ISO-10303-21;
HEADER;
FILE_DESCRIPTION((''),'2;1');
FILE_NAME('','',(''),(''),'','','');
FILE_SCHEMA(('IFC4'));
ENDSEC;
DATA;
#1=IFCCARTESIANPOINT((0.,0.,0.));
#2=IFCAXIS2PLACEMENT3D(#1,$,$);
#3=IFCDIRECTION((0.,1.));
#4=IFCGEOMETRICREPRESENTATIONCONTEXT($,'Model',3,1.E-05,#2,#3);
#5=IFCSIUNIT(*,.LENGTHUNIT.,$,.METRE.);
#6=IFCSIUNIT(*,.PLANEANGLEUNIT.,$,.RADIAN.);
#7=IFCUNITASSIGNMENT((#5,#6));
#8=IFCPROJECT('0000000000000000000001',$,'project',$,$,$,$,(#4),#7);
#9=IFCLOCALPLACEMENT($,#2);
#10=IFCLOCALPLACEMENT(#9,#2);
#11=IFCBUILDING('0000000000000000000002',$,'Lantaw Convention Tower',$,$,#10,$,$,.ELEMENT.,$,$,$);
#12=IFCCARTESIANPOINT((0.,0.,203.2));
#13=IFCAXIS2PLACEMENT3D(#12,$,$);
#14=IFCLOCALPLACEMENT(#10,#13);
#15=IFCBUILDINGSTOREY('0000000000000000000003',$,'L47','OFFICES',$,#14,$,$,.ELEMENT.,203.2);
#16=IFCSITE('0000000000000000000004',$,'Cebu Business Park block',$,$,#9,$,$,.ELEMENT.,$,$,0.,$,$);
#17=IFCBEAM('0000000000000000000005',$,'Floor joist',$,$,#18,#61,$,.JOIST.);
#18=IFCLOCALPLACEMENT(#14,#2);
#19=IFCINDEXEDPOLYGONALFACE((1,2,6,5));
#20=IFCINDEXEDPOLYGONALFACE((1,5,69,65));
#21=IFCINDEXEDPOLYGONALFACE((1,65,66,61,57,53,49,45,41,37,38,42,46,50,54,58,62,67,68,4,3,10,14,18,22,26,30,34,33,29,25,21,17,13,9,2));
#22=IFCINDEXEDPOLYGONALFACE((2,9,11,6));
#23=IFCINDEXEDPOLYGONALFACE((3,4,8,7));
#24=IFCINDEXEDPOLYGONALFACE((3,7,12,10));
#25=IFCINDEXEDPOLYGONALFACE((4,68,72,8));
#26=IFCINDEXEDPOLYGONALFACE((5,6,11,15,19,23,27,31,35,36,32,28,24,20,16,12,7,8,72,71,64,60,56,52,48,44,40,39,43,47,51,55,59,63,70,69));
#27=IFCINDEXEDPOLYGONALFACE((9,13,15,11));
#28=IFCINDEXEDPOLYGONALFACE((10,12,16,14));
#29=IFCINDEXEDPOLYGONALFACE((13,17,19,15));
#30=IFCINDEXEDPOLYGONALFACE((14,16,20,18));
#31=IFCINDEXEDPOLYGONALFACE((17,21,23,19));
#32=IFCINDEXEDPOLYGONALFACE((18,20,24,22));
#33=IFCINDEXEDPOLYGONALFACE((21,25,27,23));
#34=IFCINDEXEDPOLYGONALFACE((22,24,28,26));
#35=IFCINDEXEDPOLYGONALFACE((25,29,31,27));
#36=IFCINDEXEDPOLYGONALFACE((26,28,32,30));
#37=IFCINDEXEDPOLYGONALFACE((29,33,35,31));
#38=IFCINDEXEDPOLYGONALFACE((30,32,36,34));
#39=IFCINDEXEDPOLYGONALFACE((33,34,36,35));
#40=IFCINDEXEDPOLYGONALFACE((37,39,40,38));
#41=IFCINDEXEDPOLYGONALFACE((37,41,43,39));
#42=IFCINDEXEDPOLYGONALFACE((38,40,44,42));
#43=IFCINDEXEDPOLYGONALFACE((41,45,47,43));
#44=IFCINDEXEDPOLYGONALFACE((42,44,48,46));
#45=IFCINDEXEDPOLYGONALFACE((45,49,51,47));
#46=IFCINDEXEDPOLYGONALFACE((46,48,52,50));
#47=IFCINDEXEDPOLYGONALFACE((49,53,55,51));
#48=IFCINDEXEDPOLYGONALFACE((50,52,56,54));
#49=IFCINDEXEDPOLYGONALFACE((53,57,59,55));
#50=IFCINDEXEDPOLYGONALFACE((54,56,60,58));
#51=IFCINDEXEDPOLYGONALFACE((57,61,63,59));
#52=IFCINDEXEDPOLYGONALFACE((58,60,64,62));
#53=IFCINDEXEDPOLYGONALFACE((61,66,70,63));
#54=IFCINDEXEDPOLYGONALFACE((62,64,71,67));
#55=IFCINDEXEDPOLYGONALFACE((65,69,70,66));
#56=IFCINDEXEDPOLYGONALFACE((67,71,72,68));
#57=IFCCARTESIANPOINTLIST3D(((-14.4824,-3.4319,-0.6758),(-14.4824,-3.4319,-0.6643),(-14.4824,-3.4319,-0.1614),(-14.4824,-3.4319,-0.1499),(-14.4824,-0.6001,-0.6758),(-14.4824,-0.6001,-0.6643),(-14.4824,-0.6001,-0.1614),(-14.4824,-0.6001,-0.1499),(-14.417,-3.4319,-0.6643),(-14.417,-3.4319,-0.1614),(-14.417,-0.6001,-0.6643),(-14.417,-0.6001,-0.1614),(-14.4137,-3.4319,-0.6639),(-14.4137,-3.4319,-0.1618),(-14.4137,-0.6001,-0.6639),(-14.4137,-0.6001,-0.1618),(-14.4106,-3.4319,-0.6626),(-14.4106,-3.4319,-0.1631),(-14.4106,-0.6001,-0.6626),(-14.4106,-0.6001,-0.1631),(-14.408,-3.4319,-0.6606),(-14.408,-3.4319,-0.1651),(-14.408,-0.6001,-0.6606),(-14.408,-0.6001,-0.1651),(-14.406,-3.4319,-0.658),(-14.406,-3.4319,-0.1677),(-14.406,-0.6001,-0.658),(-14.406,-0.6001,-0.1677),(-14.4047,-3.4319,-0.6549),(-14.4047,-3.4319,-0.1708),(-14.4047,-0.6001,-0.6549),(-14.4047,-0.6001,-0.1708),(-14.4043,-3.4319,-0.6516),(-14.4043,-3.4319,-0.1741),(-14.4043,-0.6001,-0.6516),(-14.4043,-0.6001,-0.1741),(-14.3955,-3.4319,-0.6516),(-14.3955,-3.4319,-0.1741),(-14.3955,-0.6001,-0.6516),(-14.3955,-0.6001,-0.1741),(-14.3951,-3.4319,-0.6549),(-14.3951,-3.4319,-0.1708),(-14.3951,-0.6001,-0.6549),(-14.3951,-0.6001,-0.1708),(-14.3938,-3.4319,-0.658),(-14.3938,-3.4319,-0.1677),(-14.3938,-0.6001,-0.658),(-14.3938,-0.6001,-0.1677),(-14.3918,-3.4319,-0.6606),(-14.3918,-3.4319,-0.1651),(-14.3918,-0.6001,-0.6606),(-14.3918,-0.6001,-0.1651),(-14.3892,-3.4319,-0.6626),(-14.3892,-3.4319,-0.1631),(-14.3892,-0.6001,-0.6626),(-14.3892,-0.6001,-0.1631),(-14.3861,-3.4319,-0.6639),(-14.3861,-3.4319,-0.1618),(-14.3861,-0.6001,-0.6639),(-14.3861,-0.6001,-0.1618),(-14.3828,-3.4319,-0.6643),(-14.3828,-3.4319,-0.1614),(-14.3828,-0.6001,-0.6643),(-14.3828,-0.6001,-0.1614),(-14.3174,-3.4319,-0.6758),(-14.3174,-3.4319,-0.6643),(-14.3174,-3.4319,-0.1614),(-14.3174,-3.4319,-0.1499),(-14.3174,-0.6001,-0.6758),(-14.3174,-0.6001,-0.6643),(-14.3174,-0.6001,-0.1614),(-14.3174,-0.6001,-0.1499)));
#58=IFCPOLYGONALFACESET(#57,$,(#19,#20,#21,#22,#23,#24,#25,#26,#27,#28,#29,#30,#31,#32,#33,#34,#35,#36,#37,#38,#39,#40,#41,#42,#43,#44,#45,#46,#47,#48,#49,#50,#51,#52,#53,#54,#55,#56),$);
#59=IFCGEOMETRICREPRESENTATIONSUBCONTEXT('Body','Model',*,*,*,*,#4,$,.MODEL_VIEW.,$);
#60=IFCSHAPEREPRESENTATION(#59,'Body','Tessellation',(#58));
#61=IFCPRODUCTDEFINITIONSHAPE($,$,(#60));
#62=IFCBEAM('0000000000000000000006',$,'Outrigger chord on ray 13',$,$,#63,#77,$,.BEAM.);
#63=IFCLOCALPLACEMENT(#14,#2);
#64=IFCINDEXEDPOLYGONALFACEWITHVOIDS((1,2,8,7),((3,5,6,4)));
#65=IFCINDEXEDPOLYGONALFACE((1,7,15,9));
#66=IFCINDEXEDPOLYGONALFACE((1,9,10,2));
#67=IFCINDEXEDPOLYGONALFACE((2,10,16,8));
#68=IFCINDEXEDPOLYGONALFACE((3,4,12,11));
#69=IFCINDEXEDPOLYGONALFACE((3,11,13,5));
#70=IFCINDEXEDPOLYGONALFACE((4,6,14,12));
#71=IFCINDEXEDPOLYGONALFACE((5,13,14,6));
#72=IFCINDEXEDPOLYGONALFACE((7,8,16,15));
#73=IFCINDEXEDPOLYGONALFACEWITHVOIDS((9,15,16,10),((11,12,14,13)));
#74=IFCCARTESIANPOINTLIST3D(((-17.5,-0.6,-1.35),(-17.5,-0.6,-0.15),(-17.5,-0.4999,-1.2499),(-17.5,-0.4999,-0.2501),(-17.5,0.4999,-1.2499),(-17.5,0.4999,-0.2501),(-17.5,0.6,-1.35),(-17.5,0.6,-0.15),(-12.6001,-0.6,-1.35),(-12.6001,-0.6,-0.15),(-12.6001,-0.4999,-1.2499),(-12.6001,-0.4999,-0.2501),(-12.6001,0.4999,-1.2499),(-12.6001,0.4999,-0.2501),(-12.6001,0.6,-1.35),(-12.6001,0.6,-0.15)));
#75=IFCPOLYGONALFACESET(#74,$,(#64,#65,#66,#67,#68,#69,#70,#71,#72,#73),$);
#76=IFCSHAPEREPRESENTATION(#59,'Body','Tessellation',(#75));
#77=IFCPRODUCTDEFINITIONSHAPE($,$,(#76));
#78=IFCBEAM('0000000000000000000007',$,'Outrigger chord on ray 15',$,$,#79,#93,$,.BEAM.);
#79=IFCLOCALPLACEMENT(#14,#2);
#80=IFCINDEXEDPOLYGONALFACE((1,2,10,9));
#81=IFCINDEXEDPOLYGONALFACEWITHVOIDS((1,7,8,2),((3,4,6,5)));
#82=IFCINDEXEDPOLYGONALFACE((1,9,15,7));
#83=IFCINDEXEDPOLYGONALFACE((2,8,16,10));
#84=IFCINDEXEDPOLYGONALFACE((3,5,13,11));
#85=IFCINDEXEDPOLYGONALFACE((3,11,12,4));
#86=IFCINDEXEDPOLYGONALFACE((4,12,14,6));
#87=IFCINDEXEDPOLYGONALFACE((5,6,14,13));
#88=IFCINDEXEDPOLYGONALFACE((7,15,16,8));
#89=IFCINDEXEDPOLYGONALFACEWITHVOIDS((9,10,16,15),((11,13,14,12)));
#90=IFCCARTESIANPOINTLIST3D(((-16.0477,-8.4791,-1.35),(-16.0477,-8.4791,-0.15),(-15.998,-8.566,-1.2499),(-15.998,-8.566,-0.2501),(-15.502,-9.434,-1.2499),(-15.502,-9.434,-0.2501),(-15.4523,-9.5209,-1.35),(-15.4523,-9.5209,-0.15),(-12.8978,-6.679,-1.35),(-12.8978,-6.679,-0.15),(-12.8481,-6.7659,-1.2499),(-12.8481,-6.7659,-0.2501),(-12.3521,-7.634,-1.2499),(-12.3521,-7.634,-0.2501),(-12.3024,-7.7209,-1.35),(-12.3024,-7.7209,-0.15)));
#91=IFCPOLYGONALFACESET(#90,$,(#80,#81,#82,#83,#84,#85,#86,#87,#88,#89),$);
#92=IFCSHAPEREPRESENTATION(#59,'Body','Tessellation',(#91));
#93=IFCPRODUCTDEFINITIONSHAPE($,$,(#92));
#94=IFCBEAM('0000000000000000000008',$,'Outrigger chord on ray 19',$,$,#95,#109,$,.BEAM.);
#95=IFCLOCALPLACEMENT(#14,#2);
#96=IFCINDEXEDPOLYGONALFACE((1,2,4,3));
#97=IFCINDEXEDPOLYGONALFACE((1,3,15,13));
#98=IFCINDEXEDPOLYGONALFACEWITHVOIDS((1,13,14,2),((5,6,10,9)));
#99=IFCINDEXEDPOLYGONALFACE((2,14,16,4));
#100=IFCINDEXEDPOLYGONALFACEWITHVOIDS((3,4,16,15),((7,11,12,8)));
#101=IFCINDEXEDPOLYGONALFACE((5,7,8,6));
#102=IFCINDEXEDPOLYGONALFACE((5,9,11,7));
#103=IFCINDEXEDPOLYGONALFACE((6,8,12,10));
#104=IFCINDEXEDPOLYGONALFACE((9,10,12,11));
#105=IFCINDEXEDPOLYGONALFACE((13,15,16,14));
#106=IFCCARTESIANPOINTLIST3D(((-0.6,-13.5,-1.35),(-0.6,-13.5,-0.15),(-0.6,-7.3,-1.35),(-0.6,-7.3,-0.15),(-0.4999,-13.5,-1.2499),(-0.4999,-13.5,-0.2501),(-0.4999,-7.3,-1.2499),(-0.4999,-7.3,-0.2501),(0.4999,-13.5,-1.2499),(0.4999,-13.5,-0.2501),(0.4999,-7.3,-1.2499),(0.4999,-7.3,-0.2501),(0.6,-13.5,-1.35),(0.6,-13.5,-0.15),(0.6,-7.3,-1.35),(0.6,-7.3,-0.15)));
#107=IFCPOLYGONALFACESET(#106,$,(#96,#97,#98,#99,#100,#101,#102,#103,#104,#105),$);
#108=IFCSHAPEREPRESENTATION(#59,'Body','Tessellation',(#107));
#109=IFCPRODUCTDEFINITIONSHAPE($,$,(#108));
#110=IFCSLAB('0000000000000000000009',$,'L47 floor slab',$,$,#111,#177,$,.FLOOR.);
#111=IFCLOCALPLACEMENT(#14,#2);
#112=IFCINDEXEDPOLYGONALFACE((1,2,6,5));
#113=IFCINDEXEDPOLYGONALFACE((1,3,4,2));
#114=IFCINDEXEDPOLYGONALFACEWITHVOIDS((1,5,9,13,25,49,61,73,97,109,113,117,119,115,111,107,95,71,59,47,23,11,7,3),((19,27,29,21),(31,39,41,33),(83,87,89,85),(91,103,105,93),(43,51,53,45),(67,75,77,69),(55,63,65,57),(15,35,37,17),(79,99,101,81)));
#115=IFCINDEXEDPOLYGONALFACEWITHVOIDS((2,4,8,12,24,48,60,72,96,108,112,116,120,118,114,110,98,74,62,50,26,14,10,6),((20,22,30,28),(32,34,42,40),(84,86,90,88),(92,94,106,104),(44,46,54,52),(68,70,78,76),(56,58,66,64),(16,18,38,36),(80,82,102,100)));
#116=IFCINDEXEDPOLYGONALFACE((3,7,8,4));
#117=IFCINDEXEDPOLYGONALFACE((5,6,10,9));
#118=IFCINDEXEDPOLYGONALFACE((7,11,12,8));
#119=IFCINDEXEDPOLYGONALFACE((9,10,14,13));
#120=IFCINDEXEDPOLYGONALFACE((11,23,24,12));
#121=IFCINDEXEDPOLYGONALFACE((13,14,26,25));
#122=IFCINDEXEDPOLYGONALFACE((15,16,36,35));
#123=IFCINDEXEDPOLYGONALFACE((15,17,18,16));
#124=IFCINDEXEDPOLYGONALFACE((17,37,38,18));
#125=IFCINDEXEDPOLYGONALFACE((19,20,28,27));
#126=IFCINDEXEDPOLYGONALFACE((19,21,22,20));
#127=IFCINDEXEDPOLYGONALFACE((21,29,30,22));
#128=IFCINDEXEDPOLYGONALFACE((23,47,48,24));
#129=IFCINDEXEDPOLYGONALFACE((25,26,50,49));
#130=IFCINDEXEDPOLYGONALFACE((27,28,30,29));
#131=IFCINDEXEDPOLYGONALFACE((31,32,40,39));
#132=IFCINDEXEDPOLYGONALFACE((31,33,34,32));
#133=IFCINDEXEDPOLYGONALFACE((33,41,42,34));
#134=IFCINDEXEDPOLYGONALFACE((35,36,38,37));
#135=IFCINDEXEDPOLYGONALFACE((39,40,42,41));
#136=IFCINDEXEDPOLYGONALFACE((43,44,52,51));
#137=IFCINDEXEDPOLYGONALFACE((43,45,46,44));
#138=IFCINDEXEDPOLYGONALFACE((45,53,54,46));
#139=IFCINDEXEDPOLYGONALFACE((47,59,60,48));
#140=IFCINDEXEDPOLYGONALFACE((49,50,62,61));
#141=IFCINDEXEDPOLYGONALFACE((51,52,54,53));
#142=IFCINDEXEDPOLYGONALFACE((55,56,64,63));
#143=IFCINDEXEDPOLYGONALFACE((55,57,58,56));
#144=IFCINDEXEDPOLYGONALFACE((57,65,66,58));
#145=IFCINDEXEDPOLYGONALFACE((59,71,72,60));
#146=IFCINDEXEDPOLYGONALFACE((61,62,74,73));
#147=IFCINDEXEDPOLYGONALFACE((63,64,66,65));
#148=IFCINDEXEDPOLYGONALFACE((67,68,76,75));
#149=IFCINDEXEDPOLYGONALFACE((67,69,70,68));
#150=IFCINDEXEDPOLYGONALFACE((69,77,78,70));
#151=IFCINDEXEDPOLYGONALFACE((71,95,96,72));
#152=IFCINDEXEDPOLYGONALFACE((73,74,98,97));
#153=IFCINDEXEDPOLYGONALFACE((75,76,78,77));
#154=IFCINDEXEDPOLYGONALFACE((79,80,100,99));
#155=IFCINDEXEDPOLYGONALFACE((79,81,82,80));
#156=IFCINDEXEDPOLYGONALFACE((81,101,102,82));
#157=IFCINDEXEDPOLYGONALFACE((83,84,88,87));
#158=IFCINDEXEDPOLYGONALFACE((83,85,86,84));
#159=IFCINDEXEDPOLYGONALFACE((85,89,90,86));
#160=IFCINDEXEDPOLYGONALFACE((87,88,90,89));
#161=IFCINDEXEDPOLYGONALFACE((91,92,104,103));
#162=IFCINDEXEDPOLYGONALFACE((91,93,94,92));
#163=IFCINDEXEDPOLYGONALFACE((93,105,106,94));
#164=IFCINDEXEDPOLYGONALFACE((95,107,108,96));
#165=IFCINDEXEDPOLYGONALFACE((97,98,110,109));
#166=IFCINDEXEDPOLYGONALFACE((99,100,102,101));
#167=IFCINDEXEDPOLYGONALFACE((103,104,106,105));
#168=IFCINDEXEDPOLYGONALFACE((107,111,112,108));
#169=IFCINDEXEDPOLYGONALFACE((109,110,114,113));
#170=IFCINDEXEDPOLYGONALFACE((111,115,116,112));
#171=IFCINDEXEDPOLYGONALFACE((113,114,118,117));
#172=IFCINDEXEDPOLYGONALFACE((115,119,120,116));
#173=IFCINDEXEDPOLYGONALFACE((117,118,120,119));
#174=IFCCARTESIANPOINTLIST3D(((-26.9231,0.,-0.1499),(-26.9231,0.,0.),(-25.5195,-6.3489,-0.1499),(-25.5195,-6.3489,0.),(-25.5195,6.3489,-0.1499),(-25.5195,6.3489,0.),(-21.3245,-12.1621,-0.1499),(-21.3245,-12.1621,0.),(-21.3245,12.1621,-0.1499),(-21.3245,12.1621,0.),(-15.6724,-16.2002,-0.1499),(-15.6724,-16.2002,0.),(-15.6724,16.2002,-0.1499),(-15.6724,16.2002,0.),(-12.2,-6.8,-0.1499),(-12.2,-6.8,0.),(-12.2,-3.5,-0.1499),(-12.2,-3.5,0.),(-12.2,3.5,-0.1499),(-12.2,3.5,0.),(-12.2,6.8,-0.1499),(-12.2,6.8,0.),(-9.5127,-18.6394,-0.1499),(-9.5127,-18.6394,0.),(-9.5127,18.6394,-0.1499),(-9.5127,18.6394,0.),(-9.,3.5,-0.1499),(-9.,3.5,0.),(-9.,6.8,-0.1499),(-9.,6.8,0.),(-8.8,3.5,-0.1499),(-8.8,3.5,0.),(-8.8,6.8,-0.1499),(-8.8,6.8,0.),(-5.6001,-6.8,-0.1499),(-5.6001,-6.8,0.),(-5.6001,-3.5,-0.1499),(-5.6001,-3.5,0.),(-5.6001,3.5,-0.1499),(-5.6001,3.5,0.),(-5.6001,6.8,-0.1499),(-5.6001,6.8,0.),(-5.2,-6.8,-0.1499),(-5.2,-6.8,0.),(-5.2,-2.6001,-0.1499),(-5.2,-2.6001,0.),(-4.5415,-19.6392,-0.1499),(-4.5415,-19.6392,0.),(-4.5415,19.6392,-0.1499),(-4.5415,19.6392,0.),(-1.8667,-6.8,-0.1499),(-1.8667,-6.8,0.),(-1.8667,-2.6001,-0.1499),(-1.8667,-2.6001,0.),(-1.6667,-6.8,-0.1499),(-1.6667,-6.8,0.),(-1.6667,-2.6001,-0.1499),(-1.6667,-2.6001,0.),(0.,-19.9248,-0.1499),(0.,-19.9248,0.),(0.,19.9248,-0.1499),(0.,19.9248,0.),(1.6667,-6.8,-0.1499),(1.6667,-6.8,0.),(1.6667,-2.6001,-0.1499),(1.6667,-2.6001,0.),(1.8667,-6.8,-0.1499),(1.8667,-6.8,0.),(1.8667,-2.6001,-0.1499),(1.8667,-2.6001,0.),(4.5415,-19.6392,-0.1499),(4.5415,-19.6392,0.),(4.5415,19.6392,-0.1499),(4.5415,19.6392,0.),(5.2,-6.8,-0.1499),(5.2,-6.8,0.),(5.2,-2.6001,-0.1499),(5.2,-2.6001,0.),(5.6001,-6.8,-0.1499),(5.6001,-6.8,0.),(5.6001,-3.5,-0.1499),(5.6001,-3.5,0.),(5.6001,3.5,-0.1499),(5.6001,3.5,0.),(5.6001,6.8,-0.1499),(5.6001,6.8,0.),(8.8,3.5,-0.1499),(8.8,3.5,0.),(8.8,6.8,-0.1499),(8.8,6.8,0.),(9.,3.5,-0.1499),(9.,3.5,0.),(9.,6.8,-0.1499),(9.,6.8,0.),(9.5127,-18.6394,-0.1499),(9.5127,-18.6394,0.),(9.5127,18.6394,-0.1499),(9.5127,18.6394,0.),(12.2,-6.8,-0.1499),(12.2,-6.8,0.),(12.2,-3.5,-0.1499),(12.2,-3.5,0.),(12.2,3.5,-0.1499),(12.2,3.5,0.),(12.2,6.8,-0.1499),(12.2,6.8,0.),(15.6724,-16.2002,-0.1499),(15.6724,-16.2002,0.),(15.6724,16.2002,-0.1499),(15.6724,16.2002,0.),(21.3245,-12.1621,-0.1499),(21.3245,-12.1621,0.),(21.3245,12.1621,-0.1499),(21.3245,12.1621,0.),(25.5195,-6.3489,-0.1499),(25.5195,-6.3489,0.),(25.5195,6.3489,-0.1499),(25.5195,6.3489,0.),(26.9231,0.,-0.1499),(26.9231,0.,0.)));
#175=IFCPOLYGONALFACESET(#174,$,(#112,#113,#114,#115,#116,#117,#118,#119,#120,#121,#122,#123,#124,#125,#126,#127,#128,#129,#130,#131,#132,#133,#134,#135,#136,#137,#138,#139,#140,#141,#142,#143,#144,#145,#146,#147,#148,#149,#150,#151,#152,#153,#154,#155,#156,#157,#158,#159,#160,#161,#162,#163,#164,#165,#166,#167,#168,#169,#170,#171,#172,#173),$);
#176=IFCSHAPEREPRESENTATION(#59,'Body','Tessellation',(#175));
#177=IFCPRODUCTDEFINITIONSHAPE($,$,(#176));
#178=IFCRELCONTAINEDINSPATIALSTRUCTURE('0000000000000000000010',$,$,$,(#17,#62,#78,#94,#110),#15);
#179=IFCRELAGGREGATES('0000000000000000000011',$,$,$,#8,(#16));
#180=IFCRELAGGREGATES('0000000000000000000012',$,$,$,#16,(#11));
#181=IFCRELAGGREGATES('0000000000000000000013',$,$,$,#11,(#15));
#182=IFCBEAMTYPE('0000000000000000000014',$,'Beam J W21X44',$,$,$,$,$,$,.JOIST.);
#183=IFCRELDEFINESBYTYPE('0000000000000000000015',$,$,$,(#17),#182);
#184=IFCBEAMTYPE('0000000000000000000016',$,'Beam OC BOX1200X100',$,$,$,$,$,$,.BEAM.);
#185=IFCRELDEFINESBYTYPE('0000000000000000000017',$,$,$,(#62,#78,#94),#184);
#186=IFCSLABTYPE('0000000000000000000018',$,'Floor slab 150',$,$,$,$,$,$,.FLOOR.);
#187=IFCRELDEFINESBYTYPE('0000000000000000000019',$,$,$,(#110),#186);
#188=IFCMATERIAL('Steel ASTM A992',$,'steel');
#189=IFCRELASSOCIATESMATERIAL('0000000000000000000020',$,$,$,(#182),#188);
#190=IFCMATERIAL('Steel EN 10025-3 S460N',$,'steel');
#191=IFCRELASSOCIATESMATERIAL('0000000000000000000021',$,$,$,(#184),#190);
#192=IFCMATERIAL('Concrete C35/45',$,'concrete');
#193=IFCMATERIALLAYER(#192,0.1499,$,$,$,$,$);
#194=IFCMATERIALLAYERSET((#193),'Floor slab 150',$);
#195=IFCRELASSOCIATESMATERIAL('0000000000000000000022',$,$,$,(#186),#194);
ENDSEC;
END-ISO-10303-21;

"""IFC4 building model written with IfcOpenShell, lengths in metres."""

from ifc_helpers import new_model, si_unit, direction, frame, origin, origin_2d, place, context, subcontext, project, spatial, polyline, hollow_rectangle, i_section, outline, extrude, material, layer, layer_set, material_profile, profile_set, type_object, element, save


model = new_model("IFC4")

# Units and contexts
model_context = context("Model", 3, precision=1e-05, world=origin(), true_north=direction((0.0, 1.0)))
body_context = subcontext(model_context, "Body", "Model", "MODEL_VIEW")
ifc_project = project(units=[si_unit("LENGTHUNIT", "METRE"), si_unit("PLANEANGLEUNIT", "RADIAN")], contexts=[model_context])

# Site, building, storey
site_placement = place(None, origin())
site = spatial("IfcSite", under=ifc_project, at=site_placement, Name="Cebu Business Park block", CompositionType="ELEMENT", RefElevation=0.0)
building_placement = place(site_placement, origin())
building = spatial("IfcBuilding", under=site, at=building_placement, Name="Lantaw Convention Tower", CompositionType="ELEMENT")
storey_placement = place(building_placement, frame((0.0, 0.0, 203.2)))
storey = spatial("IfcBuildingStorey", under=building, at=storey_placement, Name="L47", Description="OFFICES", CompositionType="ELEMENT", Elevation=203.2)

# Beams
ifc_material_1 = material(Name="Steel ASTM A992", Category="steel")
ifc_material_profile_1 = material_profile(ifc_material_1, i_section(OverallWidth=0.165, OverallDepth=0.5259, WebThickness=0.0088, FlangeThickness=0.0115, FilletRadius=0.0127, at=origin_2d()), Name="W21X44")
ifc_profile_set_1 = profile_set([ifc_material_profile_1], Name="Steel ASTM A992")
beam_type_1 = type_object("IfcBeamType", Name="Beam J W21X44", PredefinedType="JOIST", material=ifc_profile_set_1)
beam_1_placement = place(storey_placement, frame((-14.3999, -3.4319, -0.4128), z_axis=(0.0, 1.0, 0.0), x_axis=(-1.0, 0.0, 0.0)))
element("IfcBeam", 1, at=beam_1_placement, inside=storey, type_object=beam_type_1, Name="Floor joist", PredefinedType="JOIST", context=body_context, shape_type="SweptSolid", body=[
    extrude(i_section(OverallWidth=0.165, OverallDepth=0.5259, WebThickness=0.0088, FlangeThickness=0.0115, FilletRadius=0.0127, at=origin_2d()), origin(), (0.0, 0.0, 1.0), 2.8318),
])
ifc_material_2 = material(Name="Steel EN 10025-3 S460N", Category="steel")
ifc_material_profile_2 = material_profile(ifc_material_2, hollow_rectangle(XDim=1.2, YDim=1.2, WallThickness=0.1001, at=origin_2d()), Name="BOX1200X100")
ifc_profile_set_2 = profile_set([ifc_material_profile_2], Name="Steel EN 10025-3 S460N")
beam_type_2 = type_object("IfcBeamType", Name="Beam OC BOX1200X100", PredefinedType="BEAM", material=ifc_profile_set_2)
beam_2_placement = place(storey_placement, frame((-12.6001, 0.0, -0.75), z_axis=(-1.0, 0.0, 0.0), x_axis=(0.0, -1.0, 0.0)))
element("IfcBeam", 2, at=beam_2_placement, inside=storey, type_object=beam_type_2, Name="Outrigger chord on ray 13", PredefinedType="BEAM", context=body_context, shape_type="SweptSolid", body=[
    extrude(hollow_rectangle(XDim=1.2, YDim=1.2, WallThickness=0.1001, at=origin_2d()), origin(), (0.0, 0.0, 1.0), 4.8999),
])
beam_3_placement = place(storey_placement, frame((-12.6001, -7.2, -0.75), z_axis=(-0.868231, -0.496161, 0.0), x_axis=(0.496161, -0.868231, 0.0)))
element("IfcBeam", 3, at=beam_3_placement, inside=storey, type_object=beam_type_2, Name="Outrigger chord on ray 15", PredefinedType="BEAM", context=body_context, shape_type="SweptSolid", body=[
    extrude(hollow_rectangle(XDim=1.2, YDim=1.2, WallThickness=0.1001, at=origin_2d()), origin(), (0.0, 0.0, 1.0), 3.6279),
])
beam_4_placement = place(storey_placement, frame((0.0, -7.3, -0.75), z_axis=(0.0, -1.0, 0.0), x_axis=(1.0, 0.0, 0.0)))
element("IfcBeam", 4, at=beam_4_placement, inside=storey, type_object=beam_type_2, Name="Outrigger chord on ray 19", PredefinedType="BEAM", context=body_context, shape_type="SweptSolid", body=[
    extrude(hollow_rectangle(XDim=1.2, YDim=1.2, WallThickness=0.1001, at=origin_2d()), origin(), (0.0, 0.0, 1.0), 6.2),
])

# Slab
ifc_material_3 = material(Name="Concrete C35/45", Category="concrete")
ifc_layer_1 = layer(ifc_material_3, 0.1499)
ifc_layer_set_1 = layer_set([ifc_layer_1], Name="Floor slab 150")
slab_type = type_object("IfcSlabType", Name="Floor slab 150", PredefinedType="FLOOR", material=ifc_layer_set_1)
slab_placement = place(storey_placement, frame((0.0, 0.0, -0.1499)))
element("IfcSlab", 5, at=slab_placement, inside=storey, type_object=slab_type, Name="L47 floor slab", PredefinedType="FLOOR", context=body_context, shape_type="SweptSolid", body=[
    extrude(outline(polyline([(25.5195, -6.3489), (26.9231, 0.0), (25.5195, 6.3489), (21.3245, 12.1621), (15.6724, 16.2002), (9.5127, 18.6394), (4.5415, 19.6392), (0.0, 19.9248), (-4.5415, 19.6392), (-9.5127, 18.6394), (-15.6724, 16.2002), (-21.3245, 12.1621), (-25.5195, 6.3489), (-26.9231, 0.0), (-25.5195, -6.3489), (-21.3245, -12.1621), (-15.6724, -16.2002), (-9.5127, -18.6394), (-4.5415, -19.6392), (0.0, -19.9248), (4.5415, -19.6392), (9.5127, -18.6394), (15.6724, -16.2002), (21.3245, -12.1621), (25.5195, -6.3489)]), holes=[polyline([(-5.6001, -3.5), (-12.2, -3.5), (-12.2, -6.8), (-5.6001, -6.8), (-5.6001, -3.5)]), polyline([(12.2, -3.5), (5.6001, -3.5), (5.6001, -6.8), (12.2, -6.8), (12.2, -3.5)]), polyline([(-1.8667, -2.6001), (-5.2, -2.6001), (-5.2, -6.8), (-1.8667, -6.8), (-1.8667, -2.6001)]), polyline([(1.6667, -2.6001), (-1.6667, -2.6001), (-1.6667, -6.8), (1.6667, -6.8), (1.6667, -2.6001)]), polyline([(5.2, -2.6001), (1.8667, -2.6001), (1.8667, -6.8), (5.2, -6.8), (5.2, -2.6001)]), polyline([(-9.0, 6.8), (-12.2, 6.8), (-12.2, 3.5), (-9.0, 3.5), (-9.0, 6.8)]), polyline([(-5.6001, 6.8), (-8.8, 6.8), (-8.8, 3.5), (-5.6001, 3.5), (-5.6001, 6.8)]), polyline([(8.8, 3.5), (8.8, 6.8), (5.6001, 6.8), (5.6001, 3.5), (8.8, 3.5)]), polyline([(12.2, 3.5), (12.2, 6.8), (9.0, 6.8), (9.0, 3.5), (12.2, 3.5)])]), origin(), (0.0, 0.0, 1.0), 0.1499),
])

save(model, "model.ifc")
